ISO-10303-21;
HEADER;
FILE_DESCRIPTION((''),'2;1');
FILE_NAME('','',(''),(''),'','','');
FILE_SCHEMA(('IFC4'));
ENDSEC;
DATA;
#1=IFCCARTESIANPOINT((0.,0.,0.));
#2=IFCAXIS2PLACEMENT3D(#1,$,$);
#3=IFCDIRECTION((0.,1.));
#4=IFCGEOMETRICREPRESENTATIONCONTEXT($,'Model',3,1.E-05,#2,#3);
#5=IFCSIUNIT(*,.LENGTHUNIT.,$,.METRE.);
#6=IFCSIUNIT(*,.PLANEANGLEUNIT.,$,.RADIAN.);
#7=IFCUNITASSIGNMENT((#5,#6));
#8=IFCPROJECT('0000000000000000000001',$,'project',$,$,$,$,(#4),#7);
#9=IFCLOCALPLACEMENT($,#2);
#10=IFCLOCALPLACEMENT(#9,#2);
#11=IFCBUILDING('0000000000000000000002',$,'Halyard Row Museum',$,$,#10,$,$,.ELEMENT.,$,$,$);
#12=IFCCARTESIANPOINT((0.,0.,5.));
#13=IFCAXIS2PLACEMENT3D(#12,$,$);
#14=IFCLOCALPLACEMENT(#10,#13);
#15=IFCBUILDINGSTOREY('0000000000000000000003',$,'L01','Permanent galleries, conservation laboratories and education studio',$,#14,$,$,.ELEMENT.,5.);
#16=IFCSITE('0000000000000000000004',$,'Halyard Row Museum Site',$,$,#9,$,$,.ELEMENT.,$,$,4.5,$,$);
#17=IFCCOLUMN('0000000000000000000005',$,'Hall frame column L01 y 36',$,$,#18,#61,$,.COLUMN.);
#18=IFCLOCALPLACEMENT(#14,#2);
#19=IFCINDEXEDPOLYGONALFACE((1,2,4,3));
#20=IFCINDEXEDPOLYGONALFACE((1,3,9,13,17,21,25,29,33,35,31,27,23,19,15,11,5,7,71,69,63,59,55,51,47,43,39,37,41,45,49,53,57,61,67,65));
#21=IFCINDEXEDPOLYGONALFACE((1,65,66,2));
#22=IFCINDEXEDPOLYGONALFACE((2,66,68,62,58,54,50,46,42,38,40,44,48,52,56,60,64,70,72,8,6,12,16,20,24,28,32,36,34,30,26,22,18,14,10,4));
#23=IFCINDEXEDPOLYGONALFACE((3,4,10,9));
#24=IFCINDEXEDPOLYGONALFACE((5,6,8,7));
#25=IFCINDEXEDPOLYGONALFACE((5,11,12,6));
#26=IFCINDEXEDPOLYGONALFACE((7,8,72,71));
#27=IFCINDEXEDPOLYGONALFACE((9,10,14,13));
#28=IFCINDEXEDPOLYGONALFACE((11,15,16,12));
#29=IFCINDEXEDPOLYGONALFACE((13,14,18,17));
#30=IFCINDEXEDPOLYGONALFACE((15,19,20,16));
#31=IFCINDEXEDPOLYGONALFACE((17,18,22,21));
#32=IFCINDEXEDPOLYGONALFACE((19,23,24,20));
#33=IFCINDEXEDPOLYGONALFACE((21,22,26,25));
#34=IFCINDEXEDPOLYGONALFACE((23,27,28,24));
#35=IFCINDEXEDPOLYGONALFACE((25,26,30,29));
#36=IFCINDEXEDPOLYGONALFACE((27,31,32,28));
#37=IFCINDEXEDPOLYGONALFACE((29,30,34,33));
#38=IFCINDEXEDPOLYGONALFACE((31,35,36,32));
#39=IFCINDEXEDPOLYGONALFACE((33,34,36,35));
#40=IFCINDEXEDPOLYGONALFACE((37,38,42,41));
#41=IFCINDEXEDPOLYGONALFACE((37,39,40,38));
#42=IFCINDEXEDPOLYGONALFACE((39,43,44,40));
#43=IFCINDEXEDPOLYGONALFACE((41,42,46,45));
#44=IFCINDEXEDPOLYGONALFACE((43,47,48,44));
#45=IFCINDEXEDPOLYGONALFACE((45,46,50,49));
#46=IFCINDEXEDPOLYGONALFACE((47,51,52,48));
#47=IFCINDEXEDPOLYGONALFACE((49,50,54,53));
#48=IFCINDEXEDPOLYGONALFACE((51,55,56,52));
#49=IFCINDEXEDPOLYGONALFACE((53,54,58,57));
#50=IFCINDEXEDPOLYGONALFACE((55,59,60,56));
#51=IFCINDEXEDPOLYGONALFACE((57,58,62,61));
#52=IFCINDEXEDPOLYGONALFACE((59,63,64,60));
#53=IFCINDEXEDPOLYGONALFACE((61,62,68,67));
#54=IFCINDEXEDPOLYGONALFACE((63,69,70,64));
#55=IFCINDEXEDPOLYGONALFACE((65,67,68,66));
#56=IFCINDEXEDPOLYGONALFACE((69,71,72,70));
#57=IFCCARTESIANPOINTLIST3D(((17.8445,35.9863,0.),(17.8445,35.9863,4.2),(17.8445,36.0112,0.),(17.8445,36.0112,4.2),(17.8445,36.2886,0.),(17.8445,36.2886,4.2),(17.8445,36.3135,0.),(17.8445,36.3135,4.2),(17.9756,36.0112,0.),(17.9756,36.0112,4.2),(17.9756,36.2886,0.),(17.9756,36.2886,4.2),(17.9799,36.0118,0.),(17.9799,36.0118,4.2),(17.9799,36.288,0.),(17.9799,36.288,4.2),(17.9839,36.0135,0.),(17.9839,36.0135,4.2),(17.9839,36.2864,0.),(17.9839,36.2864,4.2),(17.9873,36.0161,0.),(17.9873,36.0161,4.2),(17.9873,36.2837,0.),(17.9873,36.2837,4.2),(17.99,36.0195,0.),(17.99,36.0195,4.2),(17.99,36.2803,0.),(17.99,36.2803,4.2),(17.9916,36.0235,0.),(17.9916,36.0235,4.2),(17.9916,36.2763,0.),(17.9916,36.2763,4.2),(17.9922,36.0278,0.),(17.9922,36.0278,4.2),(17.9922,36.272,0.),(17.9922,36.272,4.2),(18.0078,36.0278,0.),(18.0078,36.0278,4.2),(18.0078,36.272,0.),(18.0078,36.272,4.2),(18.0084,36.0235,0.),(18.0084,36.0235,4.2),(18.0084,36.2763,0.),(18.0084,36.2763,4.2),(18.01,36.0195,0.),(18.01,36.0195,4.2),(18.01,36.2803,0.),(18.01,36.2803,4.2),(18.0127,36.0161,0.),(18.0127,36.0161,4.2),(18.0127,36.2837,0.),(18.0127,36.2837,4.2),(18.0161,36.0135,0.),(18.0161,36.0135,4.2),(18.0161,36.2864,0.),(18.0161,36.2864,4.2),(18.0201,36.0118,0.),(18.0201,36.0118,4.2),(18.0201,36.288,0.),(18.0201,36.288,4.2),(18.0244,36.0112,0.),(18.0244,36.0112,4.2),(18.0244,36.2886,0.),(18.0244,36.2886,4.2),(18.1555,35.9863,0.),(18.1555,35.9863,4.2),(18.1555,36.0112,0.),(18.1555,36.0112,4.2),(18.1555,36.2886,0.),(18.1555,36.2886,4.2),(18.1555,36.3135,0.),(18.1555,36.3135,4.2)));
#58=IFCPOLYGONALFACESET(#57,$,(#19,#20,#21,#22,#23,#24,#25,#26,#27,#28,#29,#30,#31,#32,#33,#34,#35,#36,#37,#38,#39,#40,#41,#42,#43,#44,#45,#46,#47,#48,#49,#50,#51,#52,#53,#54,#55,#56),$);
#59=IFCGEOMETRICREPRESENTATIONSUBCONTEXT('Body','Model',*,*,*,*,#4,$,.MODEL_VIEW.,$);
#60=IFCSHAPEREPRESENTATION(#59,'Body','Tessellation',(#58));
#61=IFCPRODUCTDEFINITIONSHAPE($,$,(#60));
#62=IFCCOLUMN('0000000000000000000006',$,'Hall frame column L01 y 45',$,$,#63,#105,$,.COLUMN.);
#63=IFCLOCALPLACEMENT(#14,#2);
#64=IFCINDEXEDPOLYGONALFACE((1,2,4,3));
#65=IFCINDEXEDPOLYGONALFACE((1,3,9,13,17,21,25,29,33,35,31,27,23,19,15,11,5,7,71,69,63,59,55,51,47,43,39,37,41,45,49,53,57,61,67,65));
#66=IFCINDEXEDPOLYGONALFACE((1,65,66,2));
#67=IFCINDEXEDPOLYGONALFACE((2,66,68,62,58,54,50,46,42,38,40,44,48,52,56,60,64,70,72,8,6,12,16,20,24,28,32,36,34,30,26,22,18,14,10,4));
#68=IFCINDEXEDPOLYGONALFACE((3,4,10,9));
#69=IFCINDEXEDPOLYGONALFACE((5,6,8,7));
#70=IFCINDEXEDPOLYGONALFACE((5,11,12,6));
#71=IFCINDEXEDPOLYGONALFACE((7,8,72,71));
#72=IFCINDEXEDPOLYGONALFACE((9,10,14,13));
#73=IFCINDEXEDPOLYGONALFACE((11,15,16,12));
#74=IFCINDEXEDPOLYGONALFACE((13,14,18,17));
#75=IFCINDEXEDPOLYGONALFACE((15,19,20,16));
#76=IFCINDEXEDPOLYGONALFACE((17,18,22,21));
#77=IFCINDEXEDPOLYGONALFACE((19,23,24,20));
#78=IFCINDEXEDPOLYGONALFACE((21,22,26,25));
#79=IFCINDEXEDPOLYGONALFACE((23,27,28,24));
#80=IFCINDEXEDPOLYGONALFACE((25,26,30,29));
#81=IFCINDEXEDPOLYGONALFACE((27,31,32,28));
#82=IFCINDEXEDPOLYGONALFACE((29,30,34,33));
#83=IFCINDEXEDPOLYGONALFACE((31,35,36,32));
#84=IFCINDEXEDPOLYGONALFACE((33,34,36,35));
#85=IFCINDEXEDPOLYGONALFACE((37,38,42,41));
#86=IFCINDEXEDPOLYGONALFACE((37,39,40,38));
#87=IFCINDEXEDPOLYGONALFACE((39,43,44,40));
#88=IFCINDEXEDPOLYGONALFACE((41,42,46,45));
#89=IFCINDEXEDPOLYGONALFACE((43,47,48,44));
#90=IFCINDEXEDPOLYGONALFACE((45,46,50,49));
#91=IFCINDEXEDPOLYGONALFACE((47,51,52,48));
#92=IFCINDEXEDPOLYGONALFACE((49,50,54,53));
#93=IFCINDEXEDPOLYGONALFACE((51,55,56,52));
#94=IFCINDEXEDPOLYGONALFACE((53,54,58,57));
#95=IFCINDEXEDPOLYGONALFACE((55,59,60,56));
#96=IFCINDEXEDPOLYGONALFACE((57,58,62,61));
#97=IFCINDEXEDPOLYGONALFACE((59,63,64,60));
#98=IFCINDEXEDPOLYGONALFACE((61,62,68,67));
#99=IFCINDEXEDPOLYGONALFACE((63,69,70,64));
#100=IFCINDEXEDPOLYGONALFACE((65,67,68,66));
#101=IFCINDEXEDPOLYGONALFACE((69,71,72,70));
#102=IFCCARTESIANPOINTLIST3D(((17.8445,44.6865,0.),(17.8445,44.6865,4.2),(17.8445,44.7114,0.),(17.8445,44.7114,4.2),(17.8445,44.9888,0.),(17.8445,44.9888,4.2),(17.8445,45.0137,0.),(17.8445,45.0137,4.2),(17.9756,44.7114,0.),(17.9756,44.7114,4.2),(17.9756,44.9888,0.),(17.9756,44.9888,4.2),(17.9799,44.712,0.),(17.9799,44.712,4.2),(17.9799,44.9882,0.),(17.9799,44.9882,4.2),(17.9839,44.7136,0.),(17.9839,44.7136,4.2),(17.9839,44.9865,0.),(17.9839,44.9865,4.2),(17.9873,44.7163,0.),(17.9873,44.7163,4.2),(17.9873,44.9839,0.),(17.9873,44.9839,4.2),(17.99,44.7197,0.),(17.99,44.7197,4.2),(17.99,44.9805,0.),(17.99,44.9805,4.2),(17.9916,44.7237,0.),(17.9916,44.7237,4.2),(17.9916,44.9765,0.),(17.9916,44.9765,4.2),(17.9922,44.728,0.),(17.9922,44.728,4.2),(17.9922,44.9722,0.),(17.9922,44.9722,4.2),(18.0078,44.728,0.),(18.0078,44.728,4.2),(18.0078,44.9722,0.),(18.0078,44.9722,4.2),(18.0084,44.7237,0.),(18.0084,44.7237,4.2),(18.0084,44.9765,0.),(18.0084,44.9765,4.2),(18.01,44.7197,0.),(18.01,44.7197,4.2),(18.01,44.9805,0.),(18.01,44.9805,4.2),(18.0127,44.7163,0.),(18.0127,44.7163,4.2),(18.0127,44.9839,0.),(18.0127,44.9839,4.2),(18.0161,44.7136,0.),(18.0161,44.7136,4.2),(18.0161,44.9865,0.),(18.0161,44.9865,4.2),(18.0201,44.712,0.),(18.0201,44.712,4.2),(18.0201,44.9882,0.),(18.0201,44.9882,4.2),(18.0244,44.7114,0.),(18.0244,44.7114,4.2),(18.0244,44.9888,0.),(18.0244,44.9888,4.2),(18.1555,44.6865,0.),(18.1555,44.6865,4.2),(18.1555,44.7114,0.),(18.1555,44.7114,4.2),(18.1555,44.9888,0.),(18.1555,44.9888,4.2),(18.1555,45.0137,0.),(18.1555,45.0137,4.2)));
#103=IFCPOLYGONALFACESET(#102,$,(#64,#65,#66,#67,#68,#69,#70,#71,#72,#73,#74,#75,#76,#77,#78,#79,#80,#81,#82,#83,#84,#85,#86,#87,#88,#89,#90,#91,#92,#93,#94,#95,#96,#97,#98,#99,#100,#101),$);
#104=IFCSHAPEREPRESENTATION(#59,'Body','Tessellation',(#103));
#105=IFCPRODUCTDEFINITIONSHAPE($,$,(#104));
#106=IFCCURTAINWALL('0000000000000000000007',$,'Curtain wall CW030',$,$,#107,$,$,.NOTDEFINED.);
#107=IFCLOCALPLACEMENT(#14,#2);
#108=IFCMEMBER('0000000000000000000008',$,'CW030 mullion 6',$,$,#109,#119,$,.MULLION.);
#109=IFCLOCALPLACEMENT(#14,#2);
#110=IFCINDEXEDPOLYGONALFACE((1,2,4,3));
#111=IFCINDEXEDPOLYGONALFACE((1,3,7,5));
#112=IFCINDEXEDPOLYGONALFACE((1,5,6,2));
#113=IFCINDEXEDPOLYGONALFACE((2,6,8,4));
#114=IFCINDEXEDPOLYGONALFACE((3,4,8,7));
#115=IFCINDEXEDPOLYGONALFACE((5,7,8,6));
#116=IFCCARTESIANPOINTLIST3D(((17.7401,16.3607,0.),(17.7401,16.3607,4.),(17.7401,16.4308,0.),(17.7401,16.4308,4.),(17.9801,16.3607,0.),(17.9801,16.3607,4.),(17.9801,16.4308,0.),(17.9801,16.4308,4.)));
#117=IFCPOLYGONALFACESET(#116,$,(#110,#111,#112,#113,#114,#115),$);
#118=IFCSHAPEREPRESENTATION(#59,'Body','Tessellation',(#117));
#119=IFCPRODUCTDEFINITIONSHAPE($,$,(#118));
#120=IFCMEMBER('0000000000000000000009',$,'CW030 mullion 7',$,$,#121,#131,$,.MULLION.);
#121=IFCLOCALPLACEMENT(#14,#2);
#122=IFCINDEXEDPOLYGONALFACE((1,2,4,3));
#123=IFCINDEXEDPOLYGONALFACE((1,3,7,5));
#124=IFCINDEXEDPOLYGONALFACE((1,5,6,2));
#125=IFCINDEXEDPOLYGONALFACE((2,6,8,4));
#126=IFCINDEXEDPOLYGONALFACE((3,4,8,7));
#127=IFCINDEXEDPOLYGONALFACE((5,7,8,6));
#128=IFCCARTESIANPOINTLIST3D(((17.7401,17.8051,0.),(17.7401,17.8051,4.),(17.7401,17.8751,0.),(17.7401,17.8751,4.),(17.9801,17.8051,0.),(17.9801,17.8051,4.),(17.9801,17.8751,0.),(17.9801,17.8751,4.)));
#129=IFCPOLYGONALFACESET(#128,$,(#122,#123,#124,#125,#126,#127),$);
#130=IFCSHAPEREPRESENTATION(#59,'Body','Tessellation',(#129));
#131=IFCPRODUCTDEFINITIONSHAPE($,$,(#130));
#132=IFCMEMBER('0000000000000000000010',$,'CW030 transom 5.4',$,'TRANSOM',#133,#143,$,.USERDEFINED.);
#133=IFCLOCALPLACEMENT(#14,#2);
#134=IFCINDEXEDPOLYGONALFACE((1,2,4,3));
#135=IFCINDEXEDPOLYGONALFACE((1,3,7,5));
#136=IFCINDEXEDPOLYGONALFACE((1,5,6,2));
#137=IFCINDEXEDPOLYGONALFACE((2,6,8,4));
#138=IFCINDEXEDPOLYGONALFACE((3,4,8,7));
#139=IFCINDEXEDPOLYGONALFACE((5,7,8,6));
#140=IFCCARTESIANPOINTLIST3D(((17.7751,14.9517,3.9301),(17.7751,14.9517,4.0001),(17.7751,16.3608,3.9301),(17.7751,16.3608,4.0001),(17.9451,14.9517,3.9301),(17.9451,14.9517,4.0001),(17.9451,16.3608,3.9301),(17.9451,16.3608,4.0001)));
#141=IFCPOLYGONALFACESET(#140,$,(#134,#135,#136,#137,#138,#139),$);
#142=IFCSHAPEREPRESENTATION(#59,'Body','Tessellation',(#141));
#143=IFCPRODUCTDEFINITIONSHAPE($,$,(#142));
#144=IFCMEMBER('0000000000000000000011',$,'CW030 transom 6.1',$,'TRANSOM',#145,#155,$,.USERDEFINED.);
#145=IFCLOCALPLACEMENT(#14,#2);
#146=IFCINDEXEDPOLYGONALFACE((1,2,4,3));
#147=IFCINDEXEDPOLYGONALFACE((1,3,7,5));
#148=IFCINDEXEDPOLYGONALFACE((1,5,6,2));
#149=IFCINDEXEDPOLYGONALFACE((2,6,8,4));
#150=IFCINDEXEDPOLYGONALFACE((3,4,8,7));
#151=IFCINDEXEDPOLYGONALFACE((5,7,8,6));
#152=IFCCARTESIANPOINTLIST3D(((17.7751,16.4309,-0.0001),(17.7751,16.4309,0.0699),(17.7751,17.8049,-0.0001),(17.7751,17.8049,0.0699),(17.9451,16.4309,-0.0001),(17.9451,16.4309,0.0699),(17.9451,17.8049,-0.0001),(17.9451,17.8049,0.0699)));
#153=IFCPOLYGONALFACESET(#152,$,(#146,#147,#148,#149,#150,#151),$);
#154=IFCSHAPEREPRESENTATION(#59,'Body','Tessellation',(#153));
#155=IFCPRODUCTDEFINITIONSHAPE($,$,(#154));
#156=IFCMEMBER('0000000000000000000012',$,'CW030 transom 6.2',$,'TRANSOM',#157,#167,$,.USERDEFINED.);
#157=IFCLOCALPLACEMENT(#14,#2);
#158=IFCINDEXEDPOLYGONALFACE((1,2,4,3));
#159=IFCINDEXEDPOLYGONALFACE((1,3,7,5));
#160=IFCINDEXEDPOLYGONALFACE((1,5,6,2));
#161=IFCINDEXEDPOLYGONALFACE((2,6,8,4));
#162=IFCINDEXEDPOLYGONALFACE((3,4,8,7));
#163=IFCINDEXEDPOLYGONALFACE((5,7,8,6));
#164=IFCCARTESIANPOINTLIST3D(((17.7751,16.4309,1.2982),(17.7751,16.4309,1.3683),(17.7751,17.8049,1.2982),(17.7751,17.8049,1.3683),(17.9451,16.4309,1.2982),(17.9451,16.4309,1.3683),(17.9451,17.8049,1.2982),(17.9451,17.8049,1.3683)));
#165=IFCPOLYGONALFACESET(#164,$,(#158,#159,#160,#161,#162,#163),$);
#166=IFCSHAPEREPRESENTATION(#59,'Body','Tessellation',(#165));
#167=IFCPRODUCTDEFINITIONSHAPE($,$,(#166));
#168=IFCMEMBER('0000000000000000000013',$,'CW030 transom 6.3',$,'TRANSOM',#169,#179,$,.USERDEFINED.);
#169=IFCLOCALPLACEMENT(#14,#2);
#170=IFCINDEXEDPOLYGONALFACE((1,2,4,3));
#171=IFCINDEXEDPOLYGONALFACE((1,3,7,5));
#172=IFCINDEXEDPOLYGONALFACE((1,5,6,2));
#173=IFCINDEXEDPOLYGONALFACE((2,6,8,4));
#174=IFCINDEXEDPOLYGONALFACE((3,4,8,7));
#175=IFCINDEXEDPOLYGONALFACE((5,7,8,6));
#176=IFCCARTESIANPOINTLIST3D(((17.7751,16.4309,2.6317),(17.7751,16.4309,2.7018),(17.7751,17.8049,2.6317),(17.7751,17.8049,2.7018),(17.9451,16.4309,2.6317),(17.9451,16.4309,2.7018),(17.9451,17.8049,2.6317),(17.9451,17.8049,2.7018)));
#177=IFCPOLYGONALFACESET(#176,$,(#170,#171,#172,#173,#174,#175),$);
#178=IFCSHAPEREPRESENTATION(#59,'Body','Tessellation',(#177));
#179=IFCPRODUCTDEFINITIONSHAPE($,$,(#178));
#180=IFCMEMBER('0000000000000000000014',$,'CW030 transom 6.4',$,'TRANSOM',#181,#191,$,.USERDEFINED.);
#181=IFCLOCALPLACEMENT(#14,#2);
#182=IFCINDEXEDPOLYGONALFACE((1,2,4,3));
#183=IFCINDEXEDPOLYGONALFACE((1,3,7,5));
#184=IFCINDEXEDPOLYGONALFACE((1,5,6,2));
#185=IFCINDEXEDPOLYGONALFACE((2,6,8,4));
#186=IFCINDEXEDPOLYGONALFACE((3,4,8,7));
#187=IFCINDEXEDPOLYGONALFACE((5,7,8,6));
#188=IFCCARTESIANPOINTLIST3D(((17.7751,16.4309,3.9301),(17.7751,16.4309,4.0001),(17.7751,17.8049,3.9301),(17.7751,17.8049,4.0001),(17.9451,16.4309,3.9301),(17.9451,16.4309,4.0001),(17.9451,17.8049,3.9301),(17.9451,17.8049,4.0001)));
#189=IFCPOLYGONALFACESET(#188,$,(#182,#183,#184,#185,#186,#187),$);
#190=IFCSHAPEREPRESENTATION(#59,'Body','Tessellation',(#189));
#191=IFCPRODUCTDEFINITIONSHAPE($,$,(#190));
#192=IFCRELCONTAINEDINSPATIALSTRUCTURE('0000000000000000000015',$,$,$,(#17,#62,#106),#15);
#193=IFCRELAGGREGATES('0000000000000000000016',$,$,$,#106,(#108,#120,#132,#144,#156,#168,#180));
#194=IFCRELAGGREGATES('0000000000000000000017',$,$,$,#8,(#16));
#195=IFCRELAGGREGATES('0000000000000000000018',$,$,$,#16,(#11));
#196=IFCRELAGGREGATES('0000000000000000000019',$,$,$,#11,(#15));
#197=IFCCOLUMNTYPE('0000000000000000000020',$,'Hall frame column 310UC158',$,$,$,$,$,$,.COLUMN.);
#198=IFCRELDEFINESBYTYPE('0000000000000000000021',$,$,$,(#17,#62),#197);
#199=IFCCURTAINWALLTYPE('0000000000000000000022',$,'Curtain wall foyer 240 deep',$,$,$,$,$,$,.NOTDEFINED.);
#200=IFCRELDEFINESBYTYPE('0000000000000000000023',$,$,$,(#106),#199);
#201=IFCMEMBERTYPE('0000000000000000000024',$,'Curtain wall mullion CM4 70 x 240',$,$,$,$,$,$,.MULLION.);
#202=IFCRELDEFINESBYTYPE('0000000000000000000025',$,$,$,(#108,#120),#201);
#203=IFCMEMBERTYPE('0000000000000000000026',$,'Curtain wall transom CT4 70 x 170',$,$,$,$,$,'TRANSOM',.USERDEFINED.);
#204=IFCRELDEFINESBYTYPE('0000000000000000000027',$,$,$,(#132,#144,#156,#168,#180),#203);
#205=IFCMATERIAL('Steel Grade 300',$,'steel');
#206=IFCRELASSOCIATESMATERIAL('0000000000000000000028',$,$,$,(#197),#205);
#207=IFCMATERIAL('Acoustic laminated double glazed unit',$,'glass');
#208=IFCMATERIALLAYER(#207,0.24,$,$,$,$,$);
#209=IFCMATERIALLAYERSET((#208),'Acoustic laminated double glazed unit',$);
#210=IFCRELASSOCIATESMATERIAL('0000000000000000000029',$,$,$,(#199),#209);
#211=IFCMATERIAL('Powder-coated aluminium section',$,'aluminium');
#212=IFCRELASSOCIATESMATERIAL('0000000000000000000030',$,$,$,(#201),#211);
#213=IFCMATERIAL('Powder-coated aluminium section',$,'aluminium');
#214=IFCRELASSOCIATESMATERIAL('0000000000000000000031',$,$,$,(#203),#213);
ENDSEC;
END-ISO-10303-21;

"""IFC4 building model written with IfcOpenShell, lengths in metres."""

from ifc_helpers import new_model, si_unit, direction, frame, origin, origin_2d, place, context, subcontext, project, spatial, rectangle, i_section, extrude, material, layer, layer_set, material_profile, profile_set, type_object, element, aggregate, save


model = new_model("IFC4")

# Units and contexts
model_context = context("Model", 3, precision=1e-05, world=origin(), true_north=direction((0.0, 1.0)))
body_context = subcontext(model_context, "Body", "Model", "MODEL_VIEW")
ifc_project = project(units=[si_unit("LENGTHUNIT", "METRE"), si_unit("PLANEANGLEUNIT", "RADIAN")], contexts=[model_context])

# Site, building, storey
site_placement = place(None, origin())
site = spatial("IfcSite", under=ifc_project, at=site_placement, Name="Halyard Row Museum Site", CompositionType="ELEMENT", RefElevation=4.5)
building_placement = place(site_placement, origin())
building = spatial("IfcBuilding", under=site, at=building_placement, Name="Halyard Row Museum", CompositionType="ELEMENT")
storey_placement = place(building_placement, frame((0.0, 0.0, 5.0)))
storey = spatial("IfcBuildingStorey", under=building, at=storey_placement, Name="L01", Description="Permanent galleries, conservation laboratories and education studio", CompositionType="ELEMENT", Elevation=5.0)

# Columns
ifc_material_1 = material(Name="Steel Grade 300", Category="steel")
ifc_material_profile_1 = material_profile(ifc_material_1, i_section(OverallWidth=0.311, OverallDepth=0.3271, WebThickness=0.0156, FlangeThickness=0.0249, FilletRadius=0.0166, at=origin_2d()), Name="310UC158")
ifc_profile_set_1 = profile_set([ifc_material_profile_1], Name="Steel Grade 300")
column_type_1 = type_object("IfcColumnType", Name="Hall frame column 310UC158", PredefinedType="COLUMN", material=ifc_profile_set_1)
for number, where, z_axis, x_axis, name in (
    (1, (18.0, 36.1499, 0.0), (0.0, 0.0, 1.0), (1.0, 0.0, 0.0), "Hall frame column L01 y 36"),
    (2, (18.0, 44.8501, 0.0), (0.0, 0.0, 1.0), (1.0, 0.0, 0.0), "Hall frame column L01 y 45"),
):
    element("IfcColumn", number, at=place(storey_placement, frame(where, z_axis=z_axis, x_axis=x_axis)), inside=storey, type_object=column_type_1, Name=name, PredefinedType="COLUMN", context=body_context, shape_type="SweptSolid", body=[
        extrude(i_section(OverallWidth=0.311, OverallDepth=0.3271, WebThickness=0.0156, FlangeThickness=0.0249, FilletRadius=0.0166, at=origin_2d()), origin(), (0.0, 0.0, 1.0), 4.2),
    ])

# Curtain wall, members
ifc_material_2 = material(Name="Acoustic laminated double glazed unit", Category="glass")
ifc_layer_1 = layer(ifc_material_2, 0.24)
ifc_layer_set_1 = layer_set([ifc_layer_1], Name="Acoustic laminated double glazed unit")
curtain_wall_type = type_object("IfcCurtainWallType", Name="Curtain wall foyer 240 deep", PredefinedType="NOTDEFINED", material=ifc_layer_set_1)
curtain_wall_placement = place(storey_placement, origin())
curtain_wall = element("IfcCurtainWall", 3, at=curtain_wall_placement, inside=storey, type_object=curtain_wall_type, Name="Curtain wall CW030", PredefinedType="NOTDEFINED")
ifc_material_3 = material(Name="Powder-coated aluminium section", Category="aluminium")
ifc_material_profile_2 = material_profile(ifc_material_3, rectangle(XDim=0.24, YDim=0.0701, at=origin_2d()), Name="240x70 mullion")
ifc_profile_set_2 = profile_set([ifc_material_profile_2], Name="Powder-coated aluminium section")
member_type_1 = type_object("IfcMemberType", Name="Curtain wall mullion CM4 70 x 240", PredefinedType="MULLION", material=ifc_profile_set_2)
member_1_placement = place(storey_placement, frame((17.8601, 16.3958, 0.0), z_axis=(0.0, 0.0, 1.0), x_axis=(-1.0, 0.0, 0.0)))
member_1 = element("IfcMember", 4, at=member_1_placement, type_object=member_type_1, Name="CW030 mullion 6", PredefinedType="MULLION", context=body_context, shape_type="SweptSolid", body=[
    extrude(rectangle(XDim=0.24, YDim=0.0701, at=origin_2d()), origin(), (0.0, 0.0, 1.0), 4.0),
])
member_2_placement = place(storey_placement, frame((17.8601, 17.8401, 0.0), z_axis=(0.0, 0.0, 1.0), x_axis=(-1.0, 0.0, 0.0)))
member_2 = element("IfcMember", 5, at=member_2_placement, type_object=member_type_1, Name="CW030 mullion 7", PredefinedType="MULLION", context=body_context, shape_type="SweptSolid", body=[
    extrude(rectangle(XDim=0.24, YDim=0.0701, at=origin_2d()), origin(), (0.0, 0.0, 1.0), 4.0),
])
ifc_material_4 = material(Name="Powder-coated aluminium section", Category="aluminium")
ifc_material_profile_3 = material_profile(ifc_material_4, rectangle(XDim=0.1699, YDim=0.0701, at=origin_2d()), Name="170x70 transom")
ifc_profile_set_3 = profile_set([ifc_material_profile_3], Name="Powder-coated aluminium section")
member_type_2 = type_object("IfcMemberType", Name="Curtain wall transom CT4 70 x 170", ElementType="TRANSOM", PredefinedType="USERDEFINED", material=ifc_profile_set_3)
member_3_placement = place(storey_placement, frame((17.8601, 14.9517, 3.9651), z_axis=(0.0, 1.0, 0.0), x_axis=(-1.0, 0.0, 0.0)))
member_3 = element("IfcMember", 6, at=member_3_placement, type_object=member_type_2, Name="CW030 transom 5.4", ObjectType="TRANSOM", PredefinedType="USERDEFINED", context=body_context, shape_type="SweptSolid", body=[
    extrude(rectangle(XDim=0.1699, YDim=0.0701, at=origin_2d()), origin(), (0.0, 0.0, 1.0), 1.4092),
])
member_4_placement = place(storey_placement, frame((17.8601, 16.4309, 0.0349), z_axis=(0.0, 1.0, 0.0), x_axis=(-1.0, 0.0, 0.0)))
member_4 = element("IfcMember", 7, at=member_4_placement, type_object=member_type_2, Name="CW030 transom 6.1", ObjectType="TRANSOM", PredefinedType="USERDEFINED", context=body_context, shape_type="SweptSolid", body=[
    extrude(rectangle(XDim=0.1699, YDim=0.0701, at=origin_2d()), origin(), (0.0, 0.0, 1.0), 1.374),
])
member_5_placement = place(storey_placement, frame((17.8601, 16.4309, 1.3333), z_axis=(0.0, 1.0, 0.0), x_axis=(-1.0, 0.0, 0.0)))
member_5 = element("IfcMember", 8, at=member_5_placement, type_object=member_type_2, Name="CW030 transom 6.2", ObjectType="TRANSOM", PredefinedType="USERDEFINED", context=body_context, shape_type="SweptSolid", body=[
    extrude(rectangle(XDim=0.1699, YDim=0.0701, at=origin_2d()), origin(), (0.0, 0.0, 1.0), 1.374),
])
member_6_placement = place(storey_placement, frame((17.8601, 16.4309, 2.6667), z_axis=(0.0, 1.0, 0.0), x_axis=(-1.0, 0.0, 0.0)))
member_6 = element("IfcMember", 9, at=member_6_placement, type_object=member_type_2, Name="CW030 transom 6.3", ObjectType="TRANSOM", PredefinedType="USERDEFINED", context=body_context, shape_type="SweptSolid", body=[
    extrude(rectangle(XDim=0.1699, YDim=0.0701, at=origin_2d()), origin(), (0.0, 0.0, 1.0), 1.374),
])
member_7_placement = place(storey_placement, frame((17.8601, 16.4309, 3.9651), z_axis=(0.0, 1.0, 0.0), x_axis=(-1.0, 0.0, 0.0)))
member_7 = element("IfcMember", 10, at=member_7_placement, type_object=member_type_2, Name="CW030 transom 6.4", ObjectType="TRANSOM", PredefinedType="USERDEFINED", context=body_context, shape_type="SweptSolid", body=[
    extrude(rectangle(XDim=0.1699, YDim=0.0701, at=origin_2d()), origin(), (0.0, 0.0, 1.0), 1.374),
])

aggregate(curtain_wall, [member_1, member_2, member_3, member_4, member_5, member_6, member_7])

save(model, "model.ifc")
